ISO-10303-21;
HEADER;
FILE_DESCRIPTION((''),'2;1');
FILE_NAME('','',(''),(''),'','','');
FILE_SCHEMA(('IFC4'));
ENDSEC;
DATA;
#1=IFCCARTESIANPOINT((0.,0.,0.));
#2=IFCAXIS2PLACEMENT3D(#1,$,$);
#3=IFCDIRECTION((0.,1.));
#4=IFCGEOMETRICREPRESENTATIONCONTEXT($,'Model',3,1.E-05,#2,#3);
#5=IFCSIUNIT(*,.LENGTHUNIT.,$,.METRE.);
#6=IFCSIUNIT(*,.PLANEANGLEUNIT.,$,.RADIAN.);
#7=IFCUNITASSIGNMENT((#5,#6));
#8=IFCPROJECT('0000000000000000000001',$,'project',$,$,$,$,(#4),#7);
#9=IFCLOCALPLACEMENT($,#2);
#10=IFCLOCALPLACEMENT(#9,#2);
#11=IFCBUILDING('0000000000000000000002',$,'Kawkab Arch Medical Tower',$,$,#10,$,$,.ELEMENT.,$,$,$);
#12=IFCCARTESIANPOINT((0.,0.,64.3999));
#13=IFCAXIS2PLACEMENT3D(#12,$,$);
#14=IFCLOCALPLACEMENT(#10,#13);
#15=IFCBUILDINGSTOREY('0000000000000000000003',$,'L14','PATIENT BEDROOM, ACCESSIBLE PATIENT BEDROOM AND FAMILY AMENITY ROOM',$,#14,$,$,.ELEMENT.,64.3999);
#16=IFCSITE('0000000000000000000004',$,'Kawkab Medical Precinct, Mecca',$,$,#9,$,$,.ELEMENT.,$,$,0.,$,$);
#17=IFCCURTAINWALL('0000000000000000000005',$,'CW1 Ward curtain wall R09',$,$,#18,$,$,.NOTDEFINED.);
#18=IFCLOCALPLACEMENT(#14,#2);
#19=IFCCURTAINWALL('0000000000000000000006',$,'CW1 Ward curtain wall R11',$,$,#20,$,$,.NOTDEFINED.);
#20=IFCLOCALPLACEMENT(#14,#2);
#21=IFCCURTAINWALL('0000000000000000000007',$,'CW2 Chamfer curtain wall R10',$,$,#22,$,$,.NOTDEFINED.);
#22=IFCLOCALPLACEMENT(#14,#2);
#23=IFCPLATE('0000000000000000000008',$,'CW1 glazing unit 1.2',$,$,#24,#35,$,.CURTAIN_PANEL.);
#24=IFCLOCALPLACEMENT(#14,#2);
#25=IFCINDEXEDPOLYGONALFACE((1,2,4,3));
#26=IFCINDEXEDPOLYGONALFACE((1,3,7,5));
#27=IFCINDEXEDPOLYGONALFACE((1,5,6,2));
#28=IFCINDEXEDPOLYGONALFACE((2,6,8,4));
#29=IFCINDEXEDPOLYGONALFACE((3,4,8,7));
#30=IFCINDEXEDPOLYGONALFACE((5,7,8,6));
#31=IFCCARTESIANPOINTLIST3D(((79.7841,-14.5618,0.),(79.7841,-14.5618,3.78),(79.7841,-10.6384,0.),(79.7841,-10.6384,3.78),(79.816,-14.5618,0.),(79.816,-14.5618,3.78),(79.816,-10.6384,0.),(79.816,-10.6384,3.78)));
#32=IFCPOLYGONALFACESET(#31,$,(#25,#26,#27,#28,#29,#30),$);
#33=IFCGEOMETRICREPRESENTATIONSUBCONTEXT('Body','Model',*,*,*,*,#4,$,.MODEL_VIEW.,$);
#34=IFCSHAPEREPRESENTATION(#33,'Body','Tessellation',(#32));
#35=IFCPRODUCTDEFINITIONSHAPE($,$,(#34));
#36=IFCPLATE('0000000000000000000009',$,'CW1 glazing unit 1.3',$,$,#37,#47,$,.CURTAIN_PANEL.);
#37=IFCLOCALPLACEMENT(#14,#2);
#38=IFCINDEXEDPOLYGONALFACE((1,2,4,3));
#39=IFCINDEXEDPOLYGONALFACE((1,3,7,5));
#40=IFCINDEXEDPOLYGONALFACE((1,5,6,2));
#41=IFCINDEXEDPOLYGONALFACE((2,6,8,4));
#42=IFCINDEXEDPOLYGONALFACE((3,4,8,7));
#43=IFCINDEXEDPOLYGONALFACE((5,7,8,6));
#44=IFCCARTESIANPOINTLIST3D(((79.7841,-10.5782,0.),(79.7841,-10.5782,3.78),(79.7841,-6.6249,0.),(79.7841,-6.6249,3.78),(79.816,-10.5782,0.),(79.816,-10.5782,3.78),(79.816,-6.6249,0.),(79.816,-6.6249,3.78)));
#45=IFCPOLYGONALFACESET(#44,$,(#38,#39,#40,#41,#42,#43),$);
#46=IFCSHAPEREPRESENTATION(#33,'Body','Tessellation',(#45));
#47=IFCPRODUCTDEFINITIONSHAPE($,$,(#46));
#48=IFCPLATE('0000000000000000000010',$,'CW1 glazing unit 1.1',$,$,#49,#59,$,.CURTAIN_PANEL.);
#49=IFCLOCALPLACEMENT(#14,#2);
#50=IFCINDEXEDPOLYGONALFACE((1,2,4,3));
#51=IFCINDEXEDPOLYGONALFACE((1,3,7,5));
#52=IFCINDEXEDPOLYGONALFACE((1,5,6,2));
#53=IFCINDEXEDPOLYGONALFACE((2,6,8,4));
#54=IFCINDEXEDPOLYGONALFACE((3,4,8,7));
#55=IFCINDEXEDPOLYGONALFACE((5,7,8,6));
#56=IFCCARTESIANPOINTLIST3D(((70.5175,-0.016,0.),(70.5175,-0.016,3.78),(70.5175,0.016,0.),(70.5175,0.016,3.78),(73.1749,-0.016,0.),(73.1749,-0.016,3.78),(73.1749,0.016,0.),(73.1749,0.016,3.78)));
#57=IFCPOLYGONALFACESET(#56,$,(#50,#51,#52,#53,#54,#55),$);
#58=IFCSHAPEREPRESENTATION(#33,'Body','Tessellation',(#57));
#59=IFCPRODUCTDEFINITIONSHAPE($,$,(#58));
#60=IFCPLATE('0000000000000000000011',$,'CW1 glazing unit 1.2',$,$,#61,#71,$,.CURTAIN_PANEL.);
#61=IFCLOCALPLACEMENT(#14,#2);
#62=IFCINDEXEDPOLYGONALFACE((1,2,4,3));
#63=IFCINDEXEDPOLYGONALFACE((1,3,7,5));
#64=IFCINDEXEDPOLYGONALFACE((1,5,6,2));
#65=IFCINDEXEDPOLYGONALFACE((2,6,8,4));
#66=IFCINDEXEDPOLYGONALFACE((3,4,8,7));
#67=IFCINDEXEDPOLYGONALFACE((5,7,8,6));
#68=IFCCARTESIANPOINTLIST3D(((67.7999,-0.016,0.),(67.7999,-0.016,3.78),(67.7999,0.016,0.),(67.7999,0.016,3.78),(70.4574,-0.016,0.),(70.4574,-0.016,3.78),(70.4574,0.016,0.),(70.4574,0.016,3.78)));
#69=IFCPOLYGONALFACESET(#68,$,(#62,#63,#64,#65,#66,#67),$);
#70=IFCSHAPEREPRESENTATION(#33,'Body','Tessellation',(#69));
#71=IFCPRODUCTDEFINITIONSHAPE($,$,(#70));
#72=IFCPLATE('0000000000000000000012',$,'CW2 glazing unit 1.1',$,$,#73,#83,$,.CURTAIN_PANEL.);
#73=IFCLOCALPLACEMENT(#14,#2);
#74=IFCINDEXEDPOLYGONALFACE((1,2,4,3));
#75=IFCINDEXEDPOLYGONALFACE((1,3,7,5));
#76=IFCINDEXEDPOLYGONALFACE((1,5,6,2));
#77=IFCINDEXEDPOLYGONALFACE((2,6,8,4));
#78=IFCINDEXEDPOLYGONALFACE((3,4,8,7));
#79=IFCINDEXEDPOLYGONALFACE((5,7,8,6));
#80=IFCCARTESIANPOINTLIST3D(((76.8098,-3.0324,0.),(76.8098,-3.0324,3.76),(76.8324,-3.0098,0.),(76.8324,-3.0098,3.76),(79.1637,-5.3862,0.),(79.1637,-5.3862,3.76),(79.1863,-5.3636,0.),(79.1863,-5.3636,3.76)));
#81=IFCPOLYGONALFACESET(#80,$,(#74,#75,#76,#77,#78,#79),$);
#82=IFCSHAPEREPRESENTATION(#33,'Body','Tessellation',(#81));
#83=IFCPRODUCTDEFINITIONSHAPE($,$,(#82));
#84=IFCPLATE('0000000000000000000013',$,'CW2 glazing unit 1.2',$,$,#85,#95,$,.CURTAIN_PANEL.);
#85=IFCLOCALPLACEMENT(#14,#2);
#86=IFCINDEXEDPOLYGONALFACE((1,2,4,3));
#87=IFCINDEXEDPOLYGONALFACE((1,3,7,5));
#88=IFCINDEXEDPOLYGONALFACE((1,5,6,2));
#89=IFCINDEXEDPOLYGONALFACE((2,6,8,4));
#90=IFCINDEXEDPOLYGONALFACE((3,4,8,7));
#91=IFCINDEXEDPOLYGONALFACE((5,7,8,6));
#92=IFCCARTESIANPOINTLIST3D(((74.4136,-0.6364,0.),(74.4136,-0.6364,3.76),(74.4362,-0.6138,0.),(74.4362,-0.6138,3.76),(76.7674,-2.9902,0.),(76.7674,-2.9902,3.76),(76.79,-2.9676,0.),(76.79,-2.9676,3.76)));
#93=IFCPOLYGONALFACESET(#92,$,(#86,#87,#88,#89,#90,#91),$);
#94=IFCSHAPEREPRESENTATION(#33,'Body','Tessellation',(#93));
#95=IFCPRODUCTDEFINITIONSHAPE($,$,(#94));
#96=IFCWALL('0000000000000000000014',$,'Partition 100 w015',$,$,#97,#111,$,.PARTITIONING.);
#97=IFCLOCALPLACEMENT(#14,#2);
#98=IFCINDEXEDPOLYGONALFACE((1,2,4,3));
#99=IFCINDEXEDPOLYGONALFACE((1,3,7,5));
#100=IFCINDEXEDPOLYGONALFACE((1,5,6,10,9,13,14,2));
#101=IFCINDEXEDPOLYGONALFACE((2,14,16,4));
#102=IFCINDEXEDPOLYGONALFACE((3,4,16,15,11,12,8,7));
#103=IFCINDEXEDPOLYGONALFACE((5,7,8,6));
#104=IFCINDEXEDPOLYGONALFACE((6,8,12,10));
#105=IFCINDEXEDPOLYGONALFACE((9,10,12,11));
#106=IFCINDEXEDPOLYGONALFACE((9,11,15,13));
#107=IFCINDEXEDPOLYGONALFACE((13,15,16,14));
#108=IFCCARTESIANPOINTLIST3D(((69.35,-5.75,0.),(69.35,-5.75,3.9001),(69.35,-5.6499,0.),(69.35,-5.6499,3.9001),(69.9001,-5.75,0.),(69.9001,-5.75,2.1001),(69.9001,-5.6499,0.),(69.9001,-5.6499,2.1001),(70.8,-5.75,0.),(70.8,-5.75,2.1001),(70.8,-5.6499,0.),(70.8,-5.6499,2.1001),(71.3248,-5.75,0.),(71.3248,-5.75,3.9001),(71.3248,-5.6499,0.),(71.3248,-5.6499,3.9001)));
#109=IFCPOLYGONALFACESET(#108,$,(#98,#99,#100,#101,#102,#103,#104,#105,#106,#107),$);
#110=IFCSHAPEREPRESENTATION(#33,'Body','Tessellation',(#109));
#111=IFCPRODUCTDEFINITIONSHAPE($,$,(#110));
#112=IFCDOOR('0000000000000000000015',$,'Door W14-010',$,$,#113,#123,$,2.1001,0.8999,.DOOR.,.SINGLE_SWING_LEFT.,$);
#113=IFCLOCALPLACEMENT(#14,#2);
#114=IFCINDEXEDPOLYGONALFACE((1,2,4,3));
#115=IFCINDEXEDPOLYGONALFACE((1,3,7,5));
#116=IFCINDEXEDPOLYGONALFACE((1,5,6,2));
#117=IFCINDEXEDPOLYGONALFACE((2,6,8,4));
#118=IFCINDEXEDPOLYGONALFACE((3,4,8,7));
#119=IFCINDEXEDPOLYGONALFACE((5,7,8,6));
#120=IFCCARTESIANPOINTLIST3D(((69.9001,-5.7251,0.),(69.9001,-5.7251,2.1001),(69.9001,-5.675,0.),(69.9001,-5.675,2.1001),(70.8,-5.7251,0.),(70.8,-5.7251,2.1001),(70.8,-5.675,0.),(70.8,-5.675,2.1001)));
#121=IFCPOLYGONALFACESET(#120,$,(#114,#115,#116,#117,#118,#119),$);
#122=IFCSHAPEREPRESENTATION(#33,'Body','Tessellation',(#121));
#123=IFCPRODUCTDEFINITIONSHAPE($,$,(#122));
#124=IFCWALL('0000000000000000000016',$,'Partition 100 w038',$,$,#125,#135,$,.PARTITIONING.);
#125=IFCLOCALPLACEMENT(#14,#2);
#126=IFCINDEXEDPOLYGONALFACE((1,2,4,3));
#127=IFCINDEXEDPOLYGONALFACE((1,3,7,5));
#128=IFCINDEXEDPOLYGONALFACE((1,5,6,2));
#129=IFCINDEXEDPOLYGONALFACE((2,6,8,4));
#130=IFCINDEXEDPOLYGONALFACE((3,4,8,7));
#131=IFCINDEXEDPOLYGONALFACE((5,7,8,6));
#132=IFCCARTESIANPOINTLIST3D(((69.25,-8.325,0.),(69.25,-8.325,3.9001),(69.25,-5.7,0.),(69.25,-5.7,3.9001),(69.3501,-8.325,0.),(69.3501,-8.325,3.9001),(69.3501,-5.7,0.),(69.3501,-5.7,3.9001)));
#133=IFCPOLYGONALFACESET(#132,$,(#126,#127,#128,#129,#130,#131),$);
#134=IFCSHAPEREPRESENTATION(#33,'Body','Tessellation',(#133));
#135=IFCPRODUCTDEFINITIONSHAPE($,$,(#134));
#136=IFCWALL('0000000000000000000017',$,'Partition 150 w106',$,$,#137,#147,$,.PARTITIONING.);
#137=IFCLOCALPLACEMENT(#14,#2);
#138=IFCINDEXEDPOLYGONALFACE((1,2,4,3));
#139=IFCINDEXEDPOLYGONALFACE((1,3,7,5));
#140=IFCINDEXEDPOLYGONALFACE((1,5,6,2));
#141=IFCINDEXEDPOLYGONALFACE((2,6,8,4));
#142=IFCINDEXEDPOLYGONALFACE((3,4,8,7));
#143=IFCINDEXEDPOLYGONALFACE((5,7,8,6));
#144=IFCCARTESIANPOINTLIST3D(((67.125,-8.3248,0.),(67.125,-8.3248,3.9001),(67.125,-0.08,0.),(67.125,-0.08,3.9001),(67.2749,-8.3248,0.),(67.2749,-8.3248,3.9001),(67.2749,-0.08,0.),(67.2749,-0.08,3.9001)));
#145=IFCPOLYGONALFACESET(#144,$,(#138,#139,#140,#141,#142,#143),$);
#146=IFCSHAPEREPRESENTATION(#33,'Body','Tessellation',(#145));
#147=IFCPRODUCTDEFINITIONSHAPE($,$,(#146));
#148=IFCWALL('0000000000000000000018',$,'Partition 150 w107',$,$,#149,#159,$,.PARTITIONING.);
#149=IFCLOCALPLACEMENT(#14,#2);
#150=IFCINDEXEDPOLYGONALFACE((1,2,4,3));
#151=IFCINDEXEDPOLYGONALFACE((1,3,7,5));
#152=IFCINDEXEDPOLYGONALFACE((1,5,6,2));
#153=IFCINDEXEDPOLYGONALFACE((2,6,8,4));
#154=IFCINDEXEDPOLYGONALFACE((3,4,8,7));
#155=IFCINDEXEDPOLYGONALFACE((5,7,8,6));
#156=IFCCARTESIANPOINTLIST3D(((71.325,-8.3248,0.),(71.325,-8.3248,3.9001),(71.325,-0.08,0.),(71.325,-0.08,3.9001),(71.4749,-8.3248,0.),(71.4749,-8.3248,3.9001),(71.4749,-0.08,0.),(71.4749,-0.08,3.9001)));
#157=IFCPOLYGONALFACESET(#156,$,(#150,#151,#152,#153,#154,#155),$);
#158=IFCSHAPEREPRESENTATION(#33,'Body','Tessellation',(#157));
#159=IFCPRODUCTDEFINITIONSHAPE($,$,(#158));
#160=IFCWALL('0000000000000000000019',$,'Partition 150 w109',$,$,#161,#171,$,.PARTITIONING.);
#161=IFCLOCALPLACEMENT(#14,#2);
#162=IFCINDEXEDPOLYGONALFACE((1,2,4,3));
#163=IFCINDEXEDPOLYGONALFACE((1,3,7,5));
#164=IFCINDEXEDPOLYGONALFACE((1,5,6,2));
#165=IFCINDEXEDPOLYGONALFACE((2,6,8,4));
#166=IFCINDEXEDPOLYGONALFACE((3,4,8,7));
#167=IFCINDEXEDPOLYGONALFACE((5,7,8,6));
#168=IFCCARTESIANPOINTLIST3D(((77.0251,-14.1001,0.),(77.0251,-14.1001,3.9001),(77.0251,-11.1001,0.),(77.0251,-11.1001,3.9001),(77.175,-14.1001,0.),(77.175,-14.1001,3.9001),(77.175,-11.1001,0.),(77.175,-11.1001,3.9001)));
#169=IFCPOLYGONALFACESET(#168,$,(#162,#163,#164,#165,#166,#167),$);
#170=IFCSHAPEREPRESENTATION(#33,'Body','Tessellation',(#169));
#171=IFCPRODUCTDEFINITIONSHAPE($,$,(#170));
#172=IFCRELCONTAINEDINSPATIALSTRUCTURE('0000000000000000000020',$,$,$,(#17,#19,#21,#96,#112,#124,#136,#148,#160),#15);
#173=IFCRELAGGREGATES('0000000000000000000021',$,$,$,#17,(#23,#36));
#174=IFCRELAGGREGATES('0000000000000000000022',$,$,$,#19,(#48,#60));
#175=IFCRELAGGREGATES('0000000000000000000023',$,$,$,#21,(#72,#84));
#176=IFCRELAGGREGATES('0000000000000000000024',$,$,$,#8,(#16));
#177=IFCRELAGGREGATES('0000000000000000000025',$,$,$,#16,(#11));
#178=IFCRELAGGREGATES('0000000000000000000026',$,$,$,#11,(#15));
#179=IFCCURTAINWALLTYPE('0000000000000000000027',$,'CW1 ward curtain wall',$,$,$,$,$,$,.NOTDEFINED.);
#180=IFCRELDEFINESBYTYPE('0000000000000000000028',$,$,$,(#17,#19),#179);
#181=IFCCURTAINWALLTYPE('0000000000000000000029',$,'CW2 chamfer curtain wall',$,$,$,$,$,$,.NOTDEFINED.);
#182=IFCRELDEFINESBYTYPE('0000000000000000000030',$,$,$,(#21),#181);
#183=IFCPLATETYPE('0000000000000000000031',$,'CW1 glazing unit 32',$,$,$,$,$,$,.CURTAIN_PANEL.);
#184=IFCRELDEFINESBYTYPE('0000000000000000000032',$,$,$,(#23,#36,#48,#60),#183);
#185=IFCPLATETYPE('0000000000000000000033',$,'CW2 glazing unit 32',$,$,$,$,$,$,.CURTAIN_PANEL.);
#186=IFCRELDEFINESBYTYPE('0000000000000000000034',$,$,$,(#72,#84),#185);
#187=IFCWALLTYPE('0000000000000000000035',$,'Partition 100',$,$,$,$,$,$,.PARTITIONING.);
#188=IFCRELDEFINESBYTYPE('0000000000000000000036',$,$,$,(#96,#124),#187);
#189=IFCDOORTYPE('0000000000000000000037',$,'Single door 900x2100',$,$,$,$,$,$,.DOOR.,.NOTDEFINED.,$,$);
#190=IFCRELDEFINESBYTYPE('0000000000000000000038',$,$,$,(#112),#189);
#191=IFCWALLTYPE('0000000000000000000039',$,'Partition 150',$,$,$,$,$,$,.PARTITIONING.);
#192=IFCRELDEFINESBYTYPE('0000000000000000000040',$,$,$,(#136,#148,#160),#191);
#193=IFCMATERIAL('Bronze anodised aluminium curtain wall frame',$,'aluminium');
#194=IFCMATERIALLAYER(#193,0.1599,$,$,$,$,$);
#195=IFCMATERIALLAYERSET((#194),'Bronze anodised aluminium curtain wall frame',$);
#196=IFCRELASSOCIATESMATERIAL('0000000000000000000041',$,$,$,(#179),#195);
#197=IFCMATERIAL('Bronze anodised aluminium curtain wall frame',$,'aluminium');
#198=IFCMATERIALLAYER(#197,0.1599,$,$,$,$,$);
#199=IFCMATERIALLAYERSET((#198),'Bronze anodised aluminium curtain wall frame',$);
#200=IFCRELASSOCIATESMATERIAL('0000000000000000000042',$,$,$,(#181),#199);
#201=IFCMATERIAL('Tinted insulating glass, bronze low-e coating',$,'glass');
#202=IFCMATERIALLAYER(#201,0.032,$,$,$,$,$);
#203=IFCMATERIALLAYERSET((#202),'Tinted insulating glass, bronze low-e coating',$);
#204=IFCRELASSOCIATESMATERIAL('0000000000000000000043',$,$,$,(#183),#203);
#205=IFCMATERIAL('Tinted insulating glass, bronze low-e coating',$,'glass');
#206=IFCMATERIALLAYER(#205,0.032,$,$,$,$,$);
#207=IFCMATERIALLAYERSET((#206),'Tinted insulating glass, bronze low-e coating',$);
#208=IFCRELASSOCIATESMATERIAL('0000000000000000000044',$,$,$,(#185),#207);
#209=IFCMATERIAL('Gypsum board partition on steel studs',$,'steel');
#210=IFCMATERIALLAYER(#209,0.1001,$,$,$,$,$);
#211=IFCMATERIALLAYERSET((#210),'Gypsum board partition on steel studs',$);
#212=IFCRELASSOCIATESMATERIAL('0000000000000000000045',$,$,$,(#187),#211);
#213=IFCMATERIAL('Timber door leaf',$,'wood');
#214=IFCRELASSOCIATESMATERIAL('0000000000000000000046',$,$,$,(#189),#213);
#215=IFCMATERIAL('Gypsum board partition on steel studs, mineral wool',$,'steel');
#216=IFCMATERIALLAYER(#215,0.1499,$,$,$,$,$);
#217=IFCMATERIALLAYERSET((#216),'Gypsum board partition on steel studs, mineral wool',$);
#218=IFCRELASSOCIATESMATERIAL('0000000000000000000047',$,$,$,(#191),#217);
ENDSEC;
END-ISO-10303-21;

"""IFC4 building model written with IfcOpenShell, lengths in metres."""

from ifc_helpers import new_model, si_unit, direction, frame, frame_2d, origin, origin_2d, place, context, subcontext, project, spatial, rectangle, extrude, material, layer, layer_set, type_object, element, fill, aggregate, save


model = new_model("IFC4")

# Units and contexts
model_context = context("Model", 3, precision=1e-05, world=origin(), true_north=direction((0.0, 1.0)))
body_context = subcontext(model_context, "Body", "Model", "MODEL_VIEW")
ifc_project = project(units=[si_unit("LENGTHUNIT", "METRE"), si_unit("PLANEANGLEUNIT", "RADIAN")], contexts=[model_context])

# Site, building, storey
site_placement = place(None, origin())
site = spatial("IfcSite", under=ifc_project, at=site_placement, Name="Kawkab Medical Precinct, Mecca", CompositionType="ELEMENT", RefElevation=0.0)
building_placement = place(site_placement, origin())
building = spatial("IfcBuilding", under=site, at=building_placement, Name="Kawkab Arch Medical Tower", CompositionType="ELEMENT")
storey_placement = place(building_placement, frame((0.0, 0.0, 64.3999)))
storey = spatial("IfcBuildingStorey", under=building, at=storey_placement, Name="L14", Description="PATIENT BEDROOM, ACCESSIBLE PATIENT BEDROOM AND FAMILY AMENITY ROOM", CompositionType="ELEMENT", Elevation=64.3999)

# Curtain walls
ifc_material_1 = material(Name="Bronze anodised aluminium curtain wall frame", Category="aluminium")
ifc_layer_1 = layer(ifc_material_1, 0.1599)
ifc_layer_set_1 = layer_set([ifc_layer_1], Name="Bronze anodised aluminium curtain wall frame")
curtain_wall_type_1 = type_object("IfcCurtainWallType", Name="CW1 ward curtain wall", PredefinedType="NOTDEFINED", material=ifc_layer_set_1)
placement = place(storey_placement, origin())
curtain_wall_1 = element("IfcCurtainWall", 1, at=placement, inside=storey, type_object=curtain_wall_type_1, Name="CW1 Ward curtain wall R09", PredefinedType="NOTDEFINED")
curtain_wall_2 = element("IfcCurtainWall", 2, at=placement, inside=storey, type_object=curtain_wall_type_1, Name="CW1 Ward curtain wall R11", PredefinedType="NOTDEFINED")
ifc_material_2 = material(Name="Bronze anodised aluminium curtain wall frame", Category="aluminium")
ifc_layer_2 = layer(ifc_material_2, 0.1599)
ifc_layer_set_2 = layer_set([ifc_layer_2], Name="Bronze anodised aluminium curtain wall frame")
curtain_wall_type_2 = type_object("IfcCurtainWallType", Name="CW2 chamfer curtain wall", PredefinedType="NOTDEFINED", material=ifc_layer_set_2)
curtain_wall_3 = element("IfcCurtainWall", 3, at=placement, inside=storey, type_object=curtain_wall_type_2, Name="CW2 Chamfer curtain wall R10", PredefinedType="NOTDEFINED")

# Plates
ifc_material_3 = material(Name="Tinted insulating glass, bronze low-e coating", Category="glass")
ifc_layer_3 = layer(ifc_material_3, 0.032)
ifc_layer_set_3 = layer_set([ifc_layer_3], Name="Tinted insulating glass, bronze low-e coating")
plate_type_1 = type_object("IfcPlateType", Name="CW1 glazing unit 32", PredefinedType="CURTAIN_PANEL", material=ifc_layer_set_3)
plate_1_placement = place(storey_placement, frame((79.8, -12.6001, 0.0), z_axis=(0.0, 0.0, 1.0), x_axis=(0.0, 1.0, 0.0)))
plate_1 = element("IfcPlate", 4, at=plate_1_placement, type_object=plate_type_1, Name="CW1 glazing unit 1.2", PredefinedType="CURTAIN_PANEL", context=body_context, shape_type="SweptSolid", body=[
    extrude(rectangle(XDim=3.9233, YDim=0.032, at=origin_2d()), origin(), (0.0, 0.0, 1.0), 3.78),
])
plate_2_placement = place(storey_placement, frame((79.8, -8.6016, 0.0), z_axis=(0.0, 0.0, 1.0), x_axis=(0.0, 1.0, 0.0)))
plate_2 = element("IfcPlate", 5, at=plate_2_placement, type_object=plate_type_1, Name="CW1 glazing unit 1.3", PredefinedType="CURTAIN_PANEL", context=body_context, shape_type="SweptSolid", body=[
    extrude(rectangle(XDim=3.9534, YDim=0.032, at=origin_2d()), origin(), (0.0, 0.0, 1.0), 3.78),
])
aggregate(curtain_wall_1, [plate_1, plate_2])
plate_3_placement = place(storey_placement, frame((71.8462, 0.0, 0.0), z_axis=(0.0, 0.0, 1.0), x_axis=(-1.0, 0.0, 0.0)))
plate_3 = element("IfcPlate", 6, at=plate_3_placement, type_object=plate_type_1, Name="CW1 glazing unit 1.1", PredefinedType="CURTAIN_PANEL", context=body_context, shape_type="SweptSolid", body=[
    extrude(rectangle(XDim=2.6575, YDim=0.032, at=origin_2d()), origin(), (0.0, 0.0, 1.0), 3.78),
])
plate_4_placement = place(storey_placement, frame((69.1287, 0.0, 0.0), z_axis=(0.0, 0.0, 1.0), x_axis=(-1.0, 0.0, 0.0)))
plate_4 = element("IfcPlate", 7, at=plate_4_placement, type_object=plate_type_1, Name="CW1 glazing unit 1.2", PredefinedType="CURTAIN_PANEL", context=body_context, shape_type="SweptSolid", body=[
    extrude(rectangle(XDim=2.6575, YDim=0.032, at=origin_2d()), origin(), (0.0, 0.0, 1.0), 3.78),
])
aggregate(curtain_wall_2, [plate_3, plate_4])
ifc_material_4 = material(Name="Tinted insulating glass, bronze low-e coating", Category="glass")
ifc_layer_4 = layer(ifc_material_4, 0.032)
ifc_layer_set_4 = layer_set([ifc_layer_4], Name="Tinted insulating glass, bronze low-e coating")
plate_type_2 = type_object("IfcPlateType", Name="CW2 glazing unit 32", PredefinedType="CURTAIN_PANEL", material=ifc_layer_set_4)
plate_5_placement = place(storey_placement, frame((77.998, -4.198, 0.0), z_axis=(0.0, 0.0, 1.0), x_axis=(-0.707107, 0.707107, 0.0)))
plate_5 = element("IfcPlate", 8, at=plate_5_placement, type_object=plate_type_2, Name="CW2 glazing unit 1.1", PredefinedType="CURTAIN_PANEL", context=body_context, shape_type="SweptSolid", body=[
    extrude(rectangle(XDim=3.3289, YDim=0.032, at=origin_2d()), origin(), (0.0, 0.0, 1.0), 3.76),
])
plate_6_placement = place(storey_placement, frame((75.6018, -1.802, 0.0), z_axis=(0.0, 0.0, 1.0), x_axis=(-0.707107, 0.707107, 0.0)))
plate_6 = element("IfcPlate", 9, at=plate_6_placement, type_object=plate_type_2, Name="CW2 glazing unit 1.2", PredefinedType="CURTAIN_PANEL", context=body_context, shape_type="SweptSolid", body=[
    extrude(rectangle(XDim=3.3289, YDim=0.032, at=origin_2d()), origin(), (0.0, 0.0, 1.0), 3.76),
])
aggregate(curtain_wall_3, [plate_5, plate_6])

# Wall, opening, door
ifc_material_5 = material(Name="Gypsum board partition on steel studs", Category="steel")
ifc_layer_5 = layer(ifc_material_5, 0.1001)
ifc_layer_set_5 = layer_set([ifc_layer_5], Name="Gypsum board partition on steel studs")
wall_type_1 = type_object("IfcWallType", Name="Partition 100", PredefinedType="PARTITIONING", material=ifc_layer_set_5)
wall_1_placement = place(storey_placement, frame((69.3501, -5.7, 0.0), z_axis=(0.0, 0.0, 1.0), x_axis=(1.0, 0.0, 0.0)))
wall_1 = element("IfcWall", 10, at=wall_1_placement, inside=storey, type_object=wall_type_1, Name="Partition 100 w015", PredefinedType="PARTITIONING", context=body_context, shape_type="SweptSolid", body=[
    extrude(rectangle(XDim=1.9749, YDim=0.1001, at=frame_2d((0.9873, 0.0))), origin(), (0.0, 0.0, 1.0), 3.9001),
])
opening_placement = place(wall_1_placement, frame((0.55, 0.0, 0.0)))
opening = element("IfcOpeningElement", 11, at=opening_placement, cuts=wall_1, PredefinedType="OPENING", context=body_context, shape_type="SweptSolid", body=[
    extrude(rectangle(XDim=0.8999, YDim=2.1001, at=frame_2d((0.45, 1.05))), frame((0.0, 0.0601, 0.0), z_axis=(0.0, -1.0, 0.0), x_axis=(1.0, 0.0, 0.0)), (0.0, 0.0, 1.0), 0.1201),
])
ifc_material_6 = material(Name="Timber door leaf", Category="wood")
door_type = type_object("IfcDoorType", Name="Single door 900x2100", OperationType="NOTDEFINED", PredefinedType="DOOR", material=ifc_material_6)
door_placement = place(opening_placement, origin())
door = element("IfcDoor", 12, at=door_placement, inside=storey, type_object=door_type, Name="Door W14-010", OperationType="SINGLE_SWING_LEFT", OverallHeight=2.1001, OverallWidth=0.8999, PredefinedType="DOOR", context=body_context, shape_type="SweptSolid", body=[
    extrude(rectangle(XDim=0.8999, YDim=2.1001, at=frame_2d((0.45, 1.05))), frame((0.0, 0.0249, 0.0), z_axis=(0.0, -1.0, 0.0), x_axis=(1.0, 0.0, 0.0)), (0.0, 0.0, 1.0), 0.05),
])
fill(opening, door)

# Walls
wall_2_placement = place(storey_placement, frame((69.3, -8.325, 0.0), z_axis=(0.0, 0.0, 1.0), x_axis=(0.0, 1.0, 0.0)))
element("IfcWall", 13, at=wall_2_placement, inside=storey, type_object=wall_type_1, Name="Partition 100 w038", PredefinedType="PARTITIONING", context=body_context, shape_type="SweptSolid", body=[
    extrude(rectangle(XDim=2.625, YDim=0.1001, at=frame_2d((1.3125, 0.0))), origin(), (0.0, 0.0, 1.0), 3.9001),
])
ifc_material_7 = material(Name="Gypsum board partition on steel studs, mineral wool", Category="steel")
ifc_layer_6 = layer(ifc_material_7, 0.1499)
ifc_layer_set_6 = layer_set([ifc_layer_6], Name="Gypsum board partition on steel studs, mineral wool")
wall_type_2 = type_object("IfcWallType", Name="Partition 150", PredefinedType="PARTITIONING", material=ifc_layer_set_6)
for number, where, z_axis, x_axis, name in (
    (14, (67.2, -8.325, 0.0), (0.0, 0.0, 1.0), (0.0, 1.0, 0.0), "Partition 150 w106"),
    (15, (71.3999, -8.325, 0.0), (0.0, 0.0, 1.0), (0.0, 1.0, 0.0), "Partition 150 w107"),
):
    element("IfcWall", number, at=place(storey_placement, frame(where, z_axis=z_axis, x_axis=x_axis)), inside=storey, type_object=wall_type_2, Name=name, PredefinedType="PARTITIONING", context=body_context, shape_type="SweptSolid", body=[
        extrude(rectangle(XDim=8.2449, YDim=0.1499, at=frame_2d((4.1226, 0.0))), origin(), (0.0, 0.0, 1.0), 3.9001),
    ])
wall_3_placement = place(storey_placement, frame((77.1001, -14.1001, 0.0), z_axis=(0.0, 0.0, 1.0), x_axis=(0.0, 1.0, 0.0)))
element("IfcWall", 16, at=wall_3_placement, inside=storey, type_object=wall_type_2, Name="Partition 150 w109", PredefinedType="PARTITIONING", context=body_context, shape_type="SweptSolid", body=[
    extrude(rectangle(XDim=3.0, YDim=0.1499, at=frame_2d((1.5, 0.0))), origin(), (0.0, 0.0, 1.0), 3.9001),
])

save(model, "model.ifc")
